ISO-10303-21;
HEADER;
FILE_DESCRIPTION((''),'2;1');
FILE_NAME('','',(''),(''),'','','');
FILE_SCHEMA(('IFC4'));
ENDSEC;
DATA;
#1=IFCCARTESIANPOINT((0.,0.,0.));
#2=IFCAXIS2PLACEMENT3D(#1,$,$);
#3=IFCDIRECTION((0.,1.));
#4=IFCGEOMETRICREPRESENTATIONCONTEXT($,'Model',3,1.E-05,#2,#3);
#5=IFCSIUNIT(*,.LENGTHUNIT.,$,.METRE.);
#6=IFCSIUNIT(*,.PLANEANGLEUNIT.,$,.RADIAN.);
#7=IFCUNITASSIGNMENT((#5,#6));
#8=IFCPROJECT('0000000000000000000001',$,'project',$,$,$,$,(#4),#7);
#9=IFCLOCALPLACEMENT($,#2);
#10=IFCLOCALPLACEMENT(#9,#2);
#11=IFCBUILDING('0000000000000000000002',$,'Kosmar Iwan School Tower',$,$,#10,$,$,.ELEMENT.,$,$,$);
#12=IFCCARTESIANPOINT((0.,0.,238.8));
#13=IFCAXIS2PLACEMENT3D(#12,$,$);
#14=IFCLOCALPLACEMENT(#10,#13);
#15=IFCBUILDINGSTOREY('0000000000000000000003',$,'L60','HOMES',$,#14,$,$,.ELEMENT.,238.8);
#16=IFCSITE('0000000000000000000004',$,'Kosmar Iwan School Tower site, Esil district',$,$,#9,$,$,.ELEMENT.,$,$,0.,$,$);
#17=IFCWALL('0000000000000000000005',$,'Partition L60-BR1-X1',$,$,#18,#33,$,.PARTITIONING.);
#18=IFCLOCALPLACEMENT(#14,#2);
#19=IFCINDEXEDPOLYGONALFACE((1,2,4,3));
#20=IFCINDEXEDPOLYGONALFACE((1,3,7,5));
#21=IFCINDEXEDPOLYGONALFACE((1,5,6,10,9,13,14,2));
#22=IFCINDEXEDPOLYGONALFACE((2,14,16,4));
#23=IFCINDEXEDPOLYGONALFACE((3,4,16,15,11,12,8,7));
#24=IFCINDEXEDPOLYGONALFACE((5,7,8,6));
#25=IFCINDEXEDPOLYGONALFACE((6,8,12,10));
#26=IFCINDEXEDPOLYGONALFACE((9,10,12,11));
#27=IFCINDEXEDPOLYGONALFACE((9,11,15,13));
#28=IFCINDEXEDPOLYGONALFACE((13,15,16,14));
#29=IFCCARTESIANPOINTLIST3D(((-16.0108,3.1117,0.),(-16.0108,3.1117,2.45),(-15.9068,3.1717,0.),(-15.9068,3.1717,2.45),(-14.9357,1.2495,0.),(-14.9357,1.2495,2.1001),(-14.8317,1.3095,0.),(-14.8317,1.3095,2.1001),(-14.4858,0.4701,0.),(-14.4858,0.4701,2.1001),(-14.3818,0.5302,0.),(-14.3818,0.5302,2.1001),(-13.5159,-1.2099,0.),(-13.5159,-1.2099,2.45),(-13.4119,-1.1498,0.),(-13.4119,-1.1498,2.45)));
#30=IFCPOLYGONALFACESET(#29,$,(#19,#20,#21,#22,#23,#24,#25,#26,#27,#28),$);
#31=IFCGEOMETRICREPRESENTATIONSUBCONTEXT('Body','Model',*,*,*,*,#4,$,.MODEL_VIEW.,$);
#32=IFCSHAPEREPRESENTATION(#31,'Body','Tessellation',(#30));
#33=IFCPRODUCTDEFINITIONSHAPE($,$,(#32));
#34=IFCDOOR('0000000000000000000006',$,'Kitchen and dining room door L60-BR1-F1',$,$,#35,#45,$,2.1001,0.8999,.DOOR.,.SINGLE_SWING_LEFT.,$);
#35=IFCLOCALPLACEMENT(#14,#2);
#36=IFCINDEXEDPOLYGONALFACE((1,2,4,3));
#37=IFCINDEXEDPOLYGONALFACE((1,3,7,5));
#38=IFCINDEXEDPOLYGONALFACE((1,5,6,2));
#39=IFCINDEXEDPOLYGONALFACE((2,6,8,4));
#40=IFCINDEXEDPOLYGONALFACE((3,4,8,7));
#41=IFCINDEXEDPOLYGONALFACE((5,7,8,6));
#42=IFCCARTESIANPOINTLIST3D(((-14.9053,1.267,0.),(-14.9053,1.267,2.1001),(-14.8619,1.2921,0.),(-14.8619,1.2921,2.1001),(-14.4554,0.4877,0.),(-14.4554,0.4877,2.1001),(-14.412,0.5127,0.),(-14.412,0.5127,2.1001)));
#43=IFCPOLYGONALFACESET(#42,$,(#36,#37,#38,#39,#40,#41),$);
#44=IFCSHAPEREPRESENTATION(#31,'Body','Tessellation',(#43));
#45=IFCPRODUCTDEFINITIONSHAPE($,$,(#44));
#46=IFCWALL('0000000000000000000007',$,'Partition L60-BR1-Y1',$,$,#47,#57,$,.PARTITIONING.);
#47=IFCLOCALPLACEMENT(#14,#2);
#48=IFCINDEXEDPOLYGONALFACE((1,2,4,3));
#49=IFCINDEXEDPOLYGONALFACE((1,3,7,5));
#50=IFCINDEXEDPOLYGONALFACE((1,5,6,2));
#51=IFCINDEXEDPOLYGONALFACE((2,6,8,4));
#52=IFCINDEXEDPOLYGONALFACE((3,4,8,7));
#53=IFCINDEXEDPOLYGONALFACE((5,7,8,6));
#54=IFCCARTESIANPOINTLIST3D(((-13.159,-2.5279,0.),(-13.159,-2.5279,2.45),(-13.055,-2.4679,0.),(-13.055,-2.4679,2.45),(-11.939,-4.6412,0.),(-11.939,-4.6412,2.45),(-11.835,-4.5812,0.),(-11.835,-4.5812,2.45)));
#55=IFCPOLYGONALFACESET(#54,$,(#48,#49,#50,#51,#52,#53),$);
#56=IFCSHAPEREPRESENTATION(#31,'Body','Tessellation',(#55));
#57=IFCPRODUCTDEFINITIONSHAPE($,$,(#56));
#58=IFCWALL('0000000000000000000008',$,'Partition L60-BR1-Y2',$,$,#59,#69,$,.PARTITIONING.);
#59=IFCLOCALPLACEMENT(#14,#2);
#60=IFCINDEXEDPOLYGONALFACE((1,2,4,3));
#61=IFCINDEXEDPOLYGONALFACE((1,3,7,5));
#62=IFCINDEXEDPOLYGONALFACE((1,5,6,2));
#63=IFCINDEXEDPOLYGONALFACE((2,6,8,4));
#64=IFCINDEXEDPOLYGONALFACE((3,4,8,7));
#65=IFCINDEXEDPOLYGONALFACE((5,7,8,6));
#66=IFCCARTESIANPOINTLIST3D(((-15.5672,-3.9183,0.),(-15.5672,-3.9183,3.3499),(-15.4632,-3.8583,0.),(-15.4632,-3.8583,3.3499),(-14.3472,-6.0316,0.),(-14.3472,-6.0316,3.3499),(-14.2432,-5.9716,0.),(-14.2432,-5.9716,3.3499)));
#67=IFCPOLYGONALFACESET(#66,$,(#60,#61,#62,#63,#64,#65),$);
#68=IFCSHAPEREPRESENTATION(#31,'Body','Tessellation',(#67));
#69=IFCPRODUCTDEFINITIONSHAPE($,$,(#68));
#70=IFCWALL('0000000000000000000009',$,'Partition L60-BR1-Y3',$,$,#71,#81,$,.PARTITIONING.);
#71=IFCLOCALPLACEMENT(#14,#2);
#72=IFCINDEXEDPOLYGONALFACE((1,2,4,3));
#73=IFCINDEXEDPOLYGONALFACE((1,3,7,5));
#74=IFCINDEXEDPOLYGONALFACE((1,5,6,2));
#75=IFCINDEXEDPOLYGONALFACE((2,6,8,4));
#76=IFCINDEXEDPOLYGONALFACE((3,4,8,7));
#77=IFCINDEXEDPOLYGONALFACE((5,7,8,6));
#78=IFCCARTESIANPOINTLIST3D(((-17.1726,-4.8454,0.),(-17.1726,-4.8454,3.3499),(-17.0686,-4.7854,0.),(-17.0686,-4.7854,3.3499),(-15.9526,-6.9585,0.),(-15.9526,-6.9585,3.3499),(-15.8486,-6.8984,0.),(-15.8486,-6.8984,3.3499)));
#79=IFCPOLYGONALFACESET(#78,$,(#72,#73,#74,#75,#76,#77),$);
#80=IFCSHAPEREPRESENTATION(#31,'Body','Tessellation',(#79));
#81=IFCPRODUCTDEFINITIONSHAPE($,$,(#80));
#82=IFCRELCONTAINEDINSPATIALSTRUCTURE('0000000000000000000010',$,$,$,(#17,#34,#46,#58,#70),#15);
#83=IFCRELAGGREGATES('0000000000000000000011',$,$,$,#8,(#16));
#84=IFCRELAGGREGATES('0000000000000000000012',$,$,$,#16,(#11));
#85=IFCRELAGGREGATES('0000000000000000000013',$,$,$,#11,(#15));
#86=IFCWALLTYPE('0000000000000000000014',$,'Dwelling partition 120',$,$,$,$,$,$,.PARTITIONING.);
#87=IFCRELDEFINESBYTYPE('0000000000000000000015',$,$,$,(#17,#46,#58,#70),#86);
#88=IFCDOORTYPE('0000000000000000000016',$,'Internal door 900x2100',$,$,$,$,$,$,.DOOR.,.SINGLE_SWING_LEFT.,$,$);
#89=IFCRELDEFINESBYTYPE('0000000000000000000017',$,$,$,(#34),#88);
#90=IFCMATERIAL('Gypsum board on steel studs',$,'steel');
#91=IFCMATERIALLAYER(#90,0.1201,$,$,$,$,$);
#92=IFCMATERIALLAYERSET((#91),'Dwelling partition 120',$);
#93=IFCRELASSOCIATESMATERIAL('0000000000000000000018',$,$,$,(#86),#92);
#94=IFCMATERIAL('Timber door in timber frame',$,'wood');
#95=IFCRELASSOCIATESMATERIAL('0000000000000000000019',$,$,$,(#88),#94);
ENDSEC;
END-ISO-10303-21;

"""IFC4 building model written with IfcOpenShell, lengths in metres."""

from ifc_helpers import new_model, si_unit, direction, frame, frame_2d, origin, place, context, subcontext, project, spatial, rectangle, extrude, material, layer, layer_set, type_object, element, fill, save


model = new_model("IFC4")

# Units and contexts
model_context = context("Model", 3, precision=1e-05, world=origin(), true_north=direction((0.0, 1.0)))
body_context = subcontext(model_context, "Body", "Model", "MODEL_VIEW")
ifc_project = project(units=[si_unit("LENGTHUNIT", "METRE"), si_unit("PLANEANGLEUNIT", "RADIAN")], contexts=[model_context])

# Site, building, storey
site_placement = place(None, origin())
site = spatial("IfcSite", under=ifc_project, at=site_placement, Name="Kosmar Iwan School Tower site, Esil district", CompositionType="ELEMENT", RefElevation=0.0)
building_placement = place(site_placement, origin())
building = spatial("IfcBuilding", under=site, at=building_placement, Name="Kosmar Iwan School Tower", CompositionType="ELEMENT")
storey_placement = place(building_placement, frame((0.0, 0.0, 238.8)))
storey = spatial("IfcBuildingStorey", under=building, at=storey_placement, Name="L60", Description="HOMES", CompositionType="ELEMENT", Elevation=238.8)

# Shared definitions
ifc_material_1 = material(Name="Gypsum board on steel studs", Category="steel")
ifc_layer_1 = layer(ifc_material_1, 0.1201)
ifc_layer_set_1 = layer_set([ifc_layer_1], Name="Dwelling partition 120")
wall_type_1 = type_object("IfcWallType", Name="Dwelling partition 120", PredefinedType="PARTITIONING", material=ifc_layer_set_1)

# Shared definitions
ifc_material_2 = material(Name="Timber door in timber frame", Category="wood")
door_type_1 = type_object("IfcDoorType", Name="Internal door 900x2100", OperationType="SINGLE_SWING_LEFT", PredefinedType="DOOR", material=ifc_material_2)

# Wall, opening, door
wall_1_placement = place(storey_placement, frame((-13.4639, -1.1799, 0.0), z_axis=(0.0, 0.0, 1.0), x_axis=(-0.499975, 0.86604, 0.0)))
wall_1 = element("IfcWall", 1, at=wall_1_placement, inside=storey, type_object=wall_type_1, Name="Partition L60-BR1-X1", PredefinedType="PARTITIONING", context=body_context, shape_type="SweptSolid", body=[
    extrude(rectangle(XDim=4.99, YDim=0.1201, at=frame_2d((2.4951, 0.0))), origin(), (0.0, 0.0, 1.0), 2.45),
])
opening_1_placement = place(wall_1_placement, frame((1.9399, 0.0, 0.0)))
opening_1 = element("IfcOpeningElement", 2, at=opening_1_placement, cuts=wall_1, PredefinedType="OPENING", context=body_context, shape_type="SweptSolid", body=[
    extrude(rectangle(XDim=0.8999, YDim=2.1001, at=frame_2d((0.45, 1.05))), frame((0.0, 0.072, 0.0), z_axis=(0.0, -1.0, 0.0), x_axis=(1.0, 0.0, 0.0)), (0.0, 0.0, 1.0), 0.144),
])
door_1_placement = place(opening_1_placement, origin())
door_1 = element("IfcDoor", 3, at=door_1_placement, inside=storey, type_object=door_type_1, Name="Kitchen and dining room door L60-BR1-F1", OperationType="SINGLE_SWING_LEFT", OverallHeight=2.1001, OverallWidth=0.8999, PredefinedType="DOOR", context=body_context, shape_type="SweptSolid", body=[
    extrude(rectangle(XDim=0.8999, YDim=2.1001, at=frame_2d((0.45, 1.05))), frame((0.0, 0.0249, 0.0), z_axis=(0.0, -1.0, 0.0), x_axis=(1.0, 0.0, 0.0)), (0.0, 0.0, 1.0), 0.05),
])
fill(opening_1, door_1)

# Walls
wall_2_placement = place(storey_placement, frame((-11.887, -4.6113, 0.0), z_axis=(0.0, 0.0, 1.0), x_axis=(-0.499959, 0.866049, 0.0)))
element("IfcWall", 4, at=wall_2_placement, inside=storey, type_object=wall_type_1, Name="Partition L60-BR1-Y1", PredefinedType="PARTITIONING", context=body_context, shape_type="SweptSolid", body=[
    extrude(rectangle(XDim=2.4402, YDim=0.1201, at=frame_2d((1.2202, 0.0))), origin(), (0.0, 0.0, 1.0), 2.45),
])
wall_3_placement = place(storey_placement, frame((-14.2952, -6.0017, 0.0), z_axis=(0.0, 0.0, 1.0), x_axis=(-0.499959, 0.866049, 0.0)))
element("IfcWall", 5, at=wall_3_placement, inside=storey, type_object=wall_type_1, Name="Partition L60-BR1-Y2", PredefinedType="PARTITIONING", context=body_context, shape_type="SweptSolid", body=[
    extrude(rectangle(XDim=2.4402, YDim=0.1201, at=frame_2d((1.2202, 0.0))), origin(), (0.0, 0.0, 1.0), 3.3499),
])
wall_4_placement = place(storey_placement, frame((-15.9006, -6.9285, 0.0), z_axis=(0.0, 0.0, 1.0), x_axis=(-0.500003, 0.866024, 0.0)))
element("IfcWall", 6, at=wall_4_placement, inside=storey, type_object=wall_type_1, Name="Partition L60-BR1-Y3", PredefinedType="PARTITIONING", context=body_context, shape_type="SweptSolid", body=[
    extrude(rectangle(XDim=2.4399, YDim=0.1201, at=frame_2d((1.22, 0.0))), origin(), (0.0, 0.0, 1.0), 3.3499),
])

save(model, "model.ifc")
